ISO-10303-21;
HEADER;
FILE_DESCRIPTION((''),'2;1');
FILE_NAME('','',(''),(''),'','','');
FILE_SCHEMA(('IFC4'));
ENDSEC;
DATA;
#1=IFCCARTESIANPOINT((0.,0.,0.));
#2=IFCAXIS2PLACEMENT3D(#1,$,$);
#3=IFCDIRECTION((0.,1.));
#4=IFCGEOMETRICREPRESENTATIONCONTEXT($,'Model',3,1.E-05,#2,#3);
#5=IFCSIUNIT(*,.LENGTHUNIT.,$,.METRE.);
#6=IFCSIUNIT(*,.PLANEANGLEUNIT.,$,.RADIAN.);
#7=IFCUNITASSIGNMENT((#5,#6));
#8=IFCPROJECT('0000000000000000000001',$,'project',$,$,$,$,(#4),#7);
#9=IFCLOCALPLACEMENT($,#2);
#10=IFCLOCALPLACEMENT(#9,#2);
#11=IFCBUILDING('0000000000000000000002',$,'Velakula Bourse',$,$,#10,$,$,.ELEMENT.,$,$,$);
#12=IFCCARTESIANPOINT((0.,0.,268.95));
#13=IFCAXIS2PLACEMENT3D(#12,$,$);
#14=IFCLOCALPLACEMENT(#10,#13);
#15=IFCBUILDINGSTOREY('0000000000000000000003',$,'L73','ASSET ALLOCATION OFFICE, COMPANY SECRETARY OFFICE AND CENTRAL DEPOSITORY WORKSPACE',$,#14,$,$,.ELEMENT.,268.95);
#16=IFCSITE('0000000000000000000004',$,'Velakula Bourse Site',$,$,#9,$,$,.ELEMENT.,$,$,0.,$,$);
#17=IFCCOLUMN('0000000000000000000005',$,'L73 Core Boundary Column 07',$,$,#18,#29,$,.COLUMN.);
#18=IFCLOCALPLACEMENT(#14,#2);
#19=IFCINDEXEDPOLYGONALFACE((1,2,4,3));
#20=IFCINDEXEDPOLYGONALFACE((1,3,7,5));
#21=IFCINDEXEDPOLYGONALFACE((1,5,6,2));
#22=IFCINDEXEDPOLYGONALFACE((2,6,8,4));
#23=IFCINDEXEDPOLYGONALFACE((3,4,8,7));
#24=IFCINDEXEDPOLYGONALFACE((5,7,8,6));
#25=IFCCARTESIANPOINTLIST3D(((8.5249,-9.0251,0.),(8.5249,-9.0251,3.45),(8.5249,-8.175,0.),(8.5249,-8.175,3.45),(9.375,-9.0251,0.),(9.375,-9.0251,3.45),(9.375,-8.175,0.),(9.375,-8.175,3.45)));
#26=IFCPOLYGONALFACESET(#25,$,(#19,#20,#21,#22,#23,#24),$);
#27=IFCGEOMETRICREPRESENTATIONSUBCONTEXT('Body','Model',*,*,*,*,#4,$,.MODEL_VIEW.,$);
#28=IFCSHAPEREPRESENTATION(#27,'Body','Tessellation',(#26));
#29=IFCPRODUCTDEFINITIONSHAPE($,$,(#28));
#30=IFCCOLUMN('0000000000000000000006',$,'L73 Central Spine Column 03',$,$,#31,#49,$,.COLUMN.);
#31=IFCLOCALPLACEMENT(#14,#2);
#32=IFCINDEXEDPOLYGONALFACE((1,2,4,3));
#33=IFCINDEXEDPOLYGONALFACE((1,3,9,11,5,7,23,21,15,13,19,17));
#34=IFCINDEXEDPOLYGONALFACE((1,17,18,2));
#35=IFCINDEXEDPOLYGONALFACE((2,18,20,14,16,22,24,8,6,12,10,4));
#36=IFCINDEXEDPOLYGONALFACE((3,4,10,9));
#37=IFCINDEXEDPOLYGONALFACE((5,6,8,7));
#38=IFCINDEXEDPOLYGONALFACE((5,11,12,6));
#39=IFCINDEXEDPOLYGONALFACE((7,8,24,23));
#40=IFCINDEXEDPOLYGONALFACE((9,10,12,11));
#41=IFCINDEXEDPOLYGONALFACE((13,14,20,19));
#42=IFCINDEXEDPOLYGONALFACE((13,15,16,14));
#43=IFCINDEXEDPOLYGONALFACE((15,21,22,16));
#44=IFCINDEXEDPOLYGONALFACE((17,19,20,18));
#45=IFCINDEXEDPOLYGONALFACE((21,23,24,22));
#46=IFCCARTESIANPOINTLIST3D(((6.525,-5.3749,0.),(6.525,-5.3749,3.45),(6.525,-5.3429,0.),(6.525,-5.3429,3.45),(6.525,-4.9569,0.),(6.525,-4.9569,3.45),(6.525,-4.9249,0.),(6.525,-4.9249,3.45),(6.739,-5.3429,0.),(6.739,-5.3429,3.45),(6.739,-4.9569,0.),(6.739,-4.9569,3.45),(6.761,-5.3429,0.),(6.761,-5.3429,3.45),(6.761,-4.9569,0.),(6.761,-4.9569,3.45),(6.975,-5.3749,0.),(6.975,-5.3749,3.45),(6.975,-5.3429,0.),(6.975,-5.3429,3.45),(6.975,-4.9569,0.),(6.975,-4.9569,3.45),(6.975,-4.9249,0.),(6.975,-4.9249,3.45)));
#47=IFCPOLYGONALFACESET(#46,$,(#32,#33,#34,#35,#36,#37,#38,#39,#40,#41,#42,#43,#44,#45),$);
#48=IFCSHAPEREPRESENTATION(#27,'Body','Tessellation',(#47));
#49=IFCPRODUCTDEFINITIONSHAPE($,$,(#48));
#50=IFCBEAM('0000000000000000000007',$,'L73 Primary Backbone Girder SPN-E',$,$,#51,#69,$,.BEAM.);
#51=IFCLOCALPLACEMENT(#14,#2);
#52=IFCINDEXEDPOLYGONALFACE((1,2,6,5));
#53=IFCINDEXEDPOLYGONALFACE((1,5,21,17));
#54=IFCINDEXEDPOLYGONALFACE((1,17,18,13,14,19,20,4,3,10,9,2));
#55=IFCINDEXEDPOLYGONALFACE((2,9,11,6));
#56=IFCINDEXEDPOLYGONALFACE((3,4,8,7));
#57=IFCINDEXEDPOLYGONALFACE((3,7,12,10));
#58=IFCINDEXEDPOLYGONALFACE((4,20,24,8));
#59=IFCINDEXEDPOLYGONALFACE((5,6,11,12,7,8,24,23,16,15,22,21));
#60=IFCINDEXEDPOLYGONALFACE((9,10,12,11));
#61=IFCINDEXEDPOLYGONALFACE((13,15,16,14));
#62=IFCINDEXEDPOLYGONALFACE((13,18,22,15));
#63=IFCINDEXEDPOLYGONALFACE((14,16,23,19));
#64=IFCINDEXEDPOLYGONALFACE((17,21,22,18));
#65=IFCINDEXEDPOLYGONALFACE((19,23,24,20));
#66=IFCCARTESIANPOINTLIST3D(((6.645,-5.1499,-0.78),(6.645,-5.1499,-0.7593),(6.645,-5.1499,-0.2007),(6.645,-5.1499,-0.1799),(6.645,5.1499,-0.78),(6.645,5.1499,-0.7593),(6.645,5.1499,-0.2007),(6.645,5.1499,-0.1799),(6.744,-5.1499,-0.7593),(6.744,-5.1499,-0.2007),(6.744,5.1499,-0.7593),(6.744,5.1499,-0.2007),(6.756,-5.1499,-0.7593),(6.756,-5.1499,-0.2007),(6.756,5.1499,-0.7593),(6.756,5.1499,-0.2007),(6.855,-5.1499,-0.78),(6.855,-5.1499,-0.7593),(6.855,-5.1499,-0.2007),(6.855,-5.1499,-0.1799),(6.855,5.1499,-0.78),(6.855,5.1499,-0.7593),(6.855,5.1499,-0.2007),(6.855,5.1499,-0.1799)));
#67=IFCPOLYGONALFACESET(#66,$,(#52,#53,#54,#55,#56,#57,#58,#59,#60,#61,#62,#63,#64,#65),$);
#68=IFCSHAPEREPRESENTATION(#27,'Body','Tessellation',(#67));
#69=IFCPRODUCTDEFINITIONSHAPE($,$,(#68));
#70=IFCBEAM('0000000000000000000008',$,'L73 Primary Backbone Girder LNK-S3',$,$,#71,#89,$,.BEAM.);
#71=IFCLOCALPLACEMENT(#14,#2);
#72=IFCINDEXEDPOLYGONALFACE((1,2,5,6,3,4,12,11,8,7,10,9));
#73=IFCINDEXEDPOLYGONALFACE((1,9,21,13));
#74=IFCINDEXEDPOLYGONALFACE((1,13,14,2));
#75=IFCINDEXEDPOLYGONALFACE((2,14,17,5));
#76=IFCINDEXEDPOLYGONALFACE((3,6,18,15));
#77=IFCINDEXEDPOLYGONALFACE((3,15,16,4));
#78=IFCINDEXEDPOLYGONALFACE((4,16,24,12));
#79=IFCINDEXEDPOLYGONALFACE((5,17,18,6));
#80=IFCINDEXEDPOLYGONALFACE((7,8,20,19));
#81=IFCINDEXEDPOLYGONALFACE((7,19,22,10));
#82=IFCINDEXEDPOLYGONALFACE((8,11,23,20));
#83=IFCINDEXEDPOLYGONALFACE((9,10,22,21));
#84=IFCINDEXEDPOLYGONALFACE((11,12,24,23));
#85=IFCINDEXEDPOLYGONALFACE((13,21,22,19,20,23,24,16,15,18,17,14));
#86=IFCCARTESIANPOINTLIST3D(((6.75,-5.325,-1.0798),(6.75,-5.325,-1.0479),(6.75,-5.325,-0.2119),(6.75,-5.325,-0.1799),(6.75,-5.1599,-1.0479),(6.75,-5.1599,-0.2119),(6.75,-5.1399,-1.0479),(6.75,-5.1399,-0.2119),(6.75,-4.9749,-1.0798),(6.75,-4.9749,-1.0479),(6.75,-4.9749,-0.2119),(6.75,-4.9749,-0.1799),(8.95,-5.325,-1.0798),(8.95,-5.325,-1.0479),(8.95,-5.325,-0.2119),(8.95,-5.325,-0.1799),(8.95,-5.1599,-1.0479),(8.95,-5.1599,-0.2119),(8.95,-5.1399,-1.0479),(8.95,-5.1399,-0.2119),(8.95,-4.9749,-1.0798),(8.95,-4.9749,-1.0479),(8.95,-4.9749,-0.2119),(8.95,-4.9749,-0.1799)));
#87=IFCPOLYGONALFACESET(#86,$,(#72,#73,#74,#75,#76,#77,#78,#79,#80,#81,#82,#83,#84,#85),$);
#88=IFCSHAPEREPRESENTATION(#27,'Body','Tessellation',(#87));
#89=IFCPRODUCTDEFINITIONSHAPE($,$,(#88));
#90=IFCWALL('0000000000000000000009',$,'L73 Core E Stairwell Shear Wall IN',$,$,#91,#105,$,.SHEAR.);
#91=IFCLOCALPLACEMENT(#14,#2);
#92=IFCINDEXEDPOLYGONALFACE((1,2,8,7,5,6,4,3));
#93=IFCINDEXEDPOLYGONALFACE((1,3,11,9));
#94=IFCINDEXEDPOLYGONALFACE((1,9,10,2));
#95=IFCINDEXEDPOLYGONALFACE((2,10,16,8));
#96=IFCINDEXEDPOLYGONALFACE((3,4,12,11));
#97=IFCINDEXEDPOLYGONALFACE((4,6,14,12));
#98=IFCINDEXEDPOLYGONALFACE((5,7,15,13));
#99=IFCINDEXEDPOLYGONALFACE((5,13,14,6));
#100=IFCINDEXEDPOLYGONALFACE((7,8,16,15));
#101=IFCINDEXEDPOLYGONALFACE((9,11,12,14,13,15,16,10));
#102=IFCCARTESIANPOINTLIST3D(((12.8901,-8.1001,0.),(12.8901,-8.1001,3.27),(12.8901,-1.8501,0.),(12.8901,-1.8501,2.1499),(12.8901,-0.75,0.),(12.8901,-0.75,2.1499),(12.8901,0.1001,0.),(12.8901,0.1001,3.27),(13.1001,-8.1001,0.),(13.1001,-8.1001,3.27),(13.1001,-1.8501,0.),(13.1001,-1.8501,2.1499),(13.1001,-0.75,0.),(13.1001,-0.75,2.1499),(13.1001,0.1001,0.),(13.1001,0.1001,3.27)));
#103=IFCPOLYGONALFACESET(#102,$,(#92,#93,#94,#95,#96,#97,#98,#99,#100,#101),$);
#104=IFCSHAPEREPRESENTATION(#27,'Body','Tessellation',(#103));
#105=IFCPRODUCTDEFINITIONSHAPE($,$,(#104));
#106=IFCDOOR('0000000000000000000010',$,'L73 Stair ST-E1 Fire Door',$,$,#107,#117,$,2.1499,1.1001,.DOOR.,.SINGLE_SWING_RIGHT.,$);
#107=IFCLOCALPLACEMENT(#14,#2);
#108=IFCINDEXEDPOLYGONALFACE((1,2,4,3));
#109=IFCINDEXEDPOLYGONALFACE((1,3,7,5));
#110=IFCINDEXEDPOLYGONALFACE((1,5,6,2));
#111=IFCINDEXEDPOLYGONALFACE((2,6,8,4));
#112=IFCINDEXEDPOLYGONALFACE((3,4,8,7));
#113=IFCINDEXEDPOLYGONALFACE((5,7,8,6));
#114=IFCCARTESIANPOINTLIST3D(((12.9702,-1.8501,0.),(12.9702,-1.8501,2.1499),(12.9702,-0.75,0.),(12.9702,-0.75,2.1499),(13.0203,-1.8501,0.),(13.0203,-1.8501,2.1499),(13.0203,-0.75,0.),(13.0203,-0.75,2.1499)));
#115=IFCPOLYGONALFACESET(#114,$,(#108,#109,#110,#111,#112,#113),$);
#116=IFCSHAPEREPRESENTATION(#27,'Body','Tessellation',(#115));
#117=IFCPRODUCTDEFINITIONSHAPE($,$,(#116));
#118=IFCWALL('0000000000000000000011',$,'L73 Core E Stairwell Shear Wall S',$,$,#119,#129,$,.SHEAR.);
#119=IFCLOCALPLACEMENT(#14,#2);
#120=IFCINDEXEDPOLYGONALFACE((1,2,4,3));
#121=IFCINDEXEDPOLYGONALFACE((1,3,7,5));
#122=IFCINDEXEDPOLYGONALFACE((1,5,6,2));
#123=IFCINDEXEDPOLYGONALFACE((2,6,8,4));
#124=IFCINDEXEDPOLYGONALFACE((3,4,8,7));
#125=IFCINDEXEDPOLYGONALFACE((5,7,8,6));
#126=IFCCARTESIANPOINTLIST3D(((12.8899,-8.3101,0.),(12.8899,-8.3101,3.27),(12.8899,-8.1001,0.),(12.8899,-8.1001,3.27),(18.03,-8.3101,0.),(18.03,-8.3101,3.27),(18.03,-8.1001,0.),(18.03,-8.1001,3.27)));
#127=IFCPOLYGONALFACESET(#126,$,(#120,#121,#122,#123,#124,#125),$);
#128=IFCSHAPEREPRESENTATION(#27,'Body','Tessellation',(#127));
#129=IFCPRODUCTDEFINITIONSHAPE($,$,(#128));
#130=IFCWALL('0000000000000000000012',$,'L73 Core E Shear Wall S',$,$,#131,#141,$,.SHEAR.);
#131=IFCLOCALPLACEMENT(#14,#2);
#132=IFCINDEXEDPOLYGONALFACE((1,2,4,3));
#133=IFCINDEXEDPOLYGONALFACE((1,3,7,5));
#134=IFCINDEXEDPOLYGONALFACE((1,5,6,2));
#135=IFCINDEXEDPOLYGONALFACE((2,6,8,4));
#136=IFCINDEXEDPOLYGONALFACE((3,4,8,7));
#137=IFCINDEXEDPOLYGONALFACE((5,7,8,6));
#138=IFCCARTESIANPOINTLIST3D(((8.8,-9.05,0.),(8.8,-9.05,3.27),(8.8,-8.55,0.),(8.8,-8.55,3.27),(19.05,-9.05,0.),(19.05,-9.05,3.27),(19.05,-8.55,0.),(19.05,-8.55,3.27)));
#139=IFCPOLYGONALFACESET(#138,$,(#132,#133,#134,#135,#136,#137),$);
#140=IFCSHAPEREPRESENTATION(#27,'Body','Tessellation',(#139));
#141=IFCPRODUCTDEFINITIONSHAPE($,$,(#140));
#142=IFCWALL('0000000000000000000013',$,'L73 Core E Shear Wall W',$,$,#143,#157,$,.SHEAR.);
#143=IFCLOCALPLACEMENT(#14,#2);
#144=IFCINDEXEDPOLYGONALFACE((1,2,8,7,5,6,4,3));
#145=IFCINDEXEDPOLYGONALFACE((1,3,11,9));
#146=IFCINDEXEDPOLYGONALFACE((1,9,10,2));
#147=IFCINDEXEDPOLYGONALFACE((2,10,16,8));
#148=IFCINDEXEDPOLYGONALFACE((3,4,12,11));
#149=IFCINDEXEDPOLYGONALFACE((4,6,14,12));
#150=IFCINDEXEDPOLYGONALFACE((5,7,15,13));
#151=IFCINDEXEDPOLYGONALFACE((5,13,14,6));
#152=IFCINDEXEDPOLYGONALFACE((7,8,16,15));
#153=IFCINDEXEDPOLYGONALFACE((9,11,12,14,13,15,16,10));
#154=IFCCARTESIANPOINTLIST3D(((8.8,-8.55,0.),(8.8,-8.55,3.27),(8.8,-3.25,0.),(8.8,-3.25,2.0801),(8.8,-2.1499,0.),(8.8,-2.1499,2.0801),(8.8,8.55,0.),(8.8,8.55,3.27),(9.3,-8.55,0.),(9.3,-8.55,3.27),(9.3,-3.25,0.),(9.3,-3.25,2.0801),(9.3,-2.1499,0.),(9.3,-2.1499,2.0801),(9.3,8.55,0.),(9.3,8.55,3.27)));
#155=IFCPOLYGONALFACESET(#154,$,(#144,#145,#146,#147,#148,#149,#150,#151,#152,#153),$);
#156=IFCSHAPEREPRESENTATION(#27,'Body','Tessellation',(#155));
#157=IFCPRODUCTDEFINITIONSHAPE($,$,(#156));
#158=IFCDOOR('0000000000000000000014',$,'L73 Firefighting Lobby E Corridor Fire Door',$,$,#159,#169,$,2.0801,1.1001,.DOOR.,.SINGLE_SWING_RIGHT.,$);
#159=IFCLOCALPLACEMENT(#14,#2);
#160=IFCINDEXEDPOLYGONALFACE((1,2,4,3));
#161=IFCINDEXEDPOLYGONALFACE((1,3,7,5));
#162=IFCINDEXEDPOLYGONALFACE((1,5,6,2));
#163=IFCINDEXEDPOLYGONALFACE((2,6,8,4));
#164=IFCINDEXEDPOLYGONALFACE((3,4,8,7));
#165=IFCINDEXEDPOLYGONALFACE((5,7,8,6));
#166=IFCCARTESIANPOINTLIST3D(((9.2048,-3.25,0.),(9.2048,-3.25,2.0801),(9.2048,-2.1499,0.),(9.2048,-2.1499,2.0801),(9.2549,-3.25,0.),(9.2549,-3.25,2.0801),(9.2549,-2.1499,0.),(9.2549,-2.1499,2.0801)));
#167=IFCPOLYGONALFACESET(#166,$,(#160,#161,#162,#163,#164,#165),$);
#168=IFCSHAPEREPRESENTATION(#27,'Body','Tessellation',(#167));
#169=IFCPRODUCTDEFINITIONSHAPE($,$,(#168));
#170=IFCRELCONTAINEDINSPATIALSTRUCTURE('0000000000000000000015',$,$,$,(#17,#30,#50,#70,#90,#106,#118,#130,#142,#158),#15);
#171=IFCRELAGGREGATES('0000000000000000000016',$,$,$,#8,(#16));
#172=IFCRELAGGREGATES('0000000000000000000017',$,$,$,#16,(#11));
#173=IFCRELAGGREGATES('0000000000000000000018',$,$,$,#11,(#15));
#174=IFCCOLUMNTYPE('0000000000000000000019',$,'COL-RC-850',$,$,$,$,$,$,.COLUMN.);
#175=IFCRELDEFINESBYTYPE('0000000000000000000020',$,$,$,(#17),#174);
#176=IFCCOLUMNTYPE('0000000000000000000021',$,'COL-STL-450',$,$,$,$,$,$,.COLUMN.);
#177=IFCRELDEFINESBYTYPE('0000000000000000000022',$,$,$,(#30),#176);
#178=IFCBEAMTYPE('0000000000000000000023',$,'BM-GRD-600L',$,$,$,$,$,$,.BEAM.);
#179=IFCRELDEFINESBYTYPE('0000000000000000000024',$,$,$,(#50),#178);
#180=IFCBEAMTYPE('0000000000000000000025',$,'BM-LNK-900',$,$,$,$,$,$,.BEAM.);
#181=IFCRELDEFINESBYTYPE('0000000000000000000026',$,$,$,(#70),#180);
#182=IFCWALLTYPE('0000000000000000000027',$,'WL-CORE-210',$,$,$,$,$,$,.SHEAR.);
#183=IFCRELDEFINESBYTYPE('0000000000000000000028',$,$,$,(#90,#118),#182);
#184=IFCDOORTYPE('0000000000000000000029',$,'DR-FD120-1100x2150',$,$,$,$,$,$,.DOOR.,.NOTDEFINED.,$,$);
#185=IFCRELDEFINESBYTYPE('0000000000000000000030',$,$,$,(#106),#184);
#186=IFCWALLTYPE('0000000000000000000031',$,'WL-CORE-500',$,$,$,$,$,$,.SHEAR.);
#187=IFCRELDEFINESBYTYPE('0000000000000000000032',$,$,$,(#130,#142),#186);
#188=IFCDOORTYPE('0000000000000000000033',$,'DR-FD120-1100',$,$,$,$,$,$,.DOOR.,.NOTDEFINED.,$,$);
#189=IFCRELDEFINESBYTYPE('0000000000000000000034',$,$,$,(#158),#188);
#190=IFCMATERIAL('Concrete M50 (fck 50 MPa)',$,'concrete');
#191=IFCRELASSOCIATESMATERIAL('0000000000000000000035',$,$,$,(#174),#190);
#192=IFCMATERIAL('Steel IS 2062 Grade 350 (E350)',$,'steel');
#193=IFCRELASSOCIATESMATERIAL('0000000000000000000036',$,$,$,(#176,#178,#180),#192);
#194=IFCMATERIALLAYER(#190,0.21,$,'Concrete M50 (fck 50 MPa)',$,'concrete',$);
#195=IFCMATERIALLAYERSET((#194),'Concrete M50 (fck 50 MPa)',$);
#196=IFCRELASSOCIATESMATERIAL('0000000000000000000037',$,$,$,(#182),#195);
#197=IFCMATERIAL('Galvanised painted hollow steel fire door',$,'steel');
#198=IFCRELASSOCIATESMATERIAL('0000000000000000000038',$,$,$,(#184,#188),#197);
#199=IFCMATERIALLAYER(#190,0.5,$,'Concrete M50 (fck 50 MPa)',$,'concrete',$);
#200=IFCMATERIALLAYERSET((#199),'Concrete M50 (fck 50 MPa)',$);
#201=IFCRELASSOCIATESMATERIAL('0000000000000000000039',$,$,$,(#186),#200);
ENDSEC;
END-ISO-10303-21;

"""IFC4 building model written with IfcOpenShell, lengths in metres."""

from ifc_helpers import new_model, si_unit, direction, frame, frame_2d, origin, origin_2d, place, context, subcontext, project, spatial, rectangle, i_section, extrude, material, layer, layer_set, material_profile, profile_set, type_object, element, fill, save


model = new_model("IFC4")

# Units and contexts
model_context = context("Model", 3, precision=1e-05, world=origin(), true_north=direction((0.0, 1.0)))
body_context = subcontext(model_context, "Body", "Model", "MODEL_VIEW")
ifc_project = project(units=[si_unit("LENGTHUNIT", "METRE"), si_unit("PLANEANGLEUNIT", "RADIAN")], contexts=[model_context])

# Site, building, storey
site_placement = place(None, origin())
site = spatial("IfcSite", under=ifc_project, at=site_placement, Name="Velakula Bourse Site", CompositionType="ELEMENT", RefElevation=0.0)
building_placement = place(site_placement, origin())
building = spatial("IfcBuilding", under=site, at=building_placement, Name="Velakula Bourse", CompositionType="ELEMENT")
storey_placement = place(building_placement, frame((0.0, 0.0, 268.95)))
storey = spatial("IfcBuildingStorey", under=building, at=storey_placement, Name="L73", Description="ASSET ALLOCATION OFFICE, COMPANY SECRETARY OFFICE AND CENTRAL DEPOSITORY WORKSPACE", CompositionType="ELEMENT", Elevation=268.95)

# Columns
ifc_material_1 = material(Name="Concrete M50 (fck 50 MPa)", Category="concrete")
ifc_material_profile_1 = material_profile(ifc_material_1, rectangle(XDim=0.8501, YDim=0.8501, at=origin_2d()), Name="Concrete M50 (fck 50 MPa)")
ifc_profile_set_1 = profile_set([ifc_material_profile_1], Name="Concrete M50 (fck 50 MPa)")
column_type_1 = type_object("IfcColumnType", Name="COL-RC-850", PredefinedType="COLUMN", material=ifc_profile_set_1)
column_1_placement = place(storey_placement, frame((8.95, -8.6001, 0.0), z_axis=(0.0, 0.0, 1.0), x_axis=(1.0, 0.0, 0.0)))
element("IfcColumn", 1, at=column_1_placement, inside=storey, type_object=column_type_1, Name="L73 Core Boundary Column 07", PredefinedType="COLUMN", context=body_context, shape_type="SweptSolid", body=[
    extrude(rectangle(XDim=0.8501, YDim=0.8501, at=origin_2d()), origin(), (0.0, 0.0, 1.0), 3.45),
])
ifc_material_2 = material(Name="Steel IS 2062 Grade 350 (E350)", Category="steel")
ifc_material_profile_2 = material_profile(ifc_material_2, i_section(OverallWidth=0.45, OverallDepth=0.45, WebThickness=0.022, FlangeThickness=0.032, at=origin_2d()), Name="Steel IS 2062 Grade 350 (E350)")
ifc_profile_set_2 = profile_set([ifc_material_profile_2], Name="Steel IS 2062 Grade 350 (E350)")
column_type_2 = type_object("IfcColumnType", Name="COL-STL-450", PredefinedType="COLUMN", material=ifc_profile_set_2)
column_2_placement = place(storey_placement, frame((6.75, -5.1499, 0.0), z_axis=(0.0, 0.0, 1.0), x_axis=(1.0, 0.0, 0.0)))
element("IfcColumn", 2, at=column_2_placement, inside=storey, type_object=column_type_2, Name="L73 Central Spine Column 03", PredefinedType="COLUMN", context=body_context, shape_type="SweptSolid", body=[
    extrude(i_section(OverallWidth=0.45, OverallDepth=0.45, WebThickness=0.022, FlangeThickness=0.032, at=origin_2d()), origin(), (0.0, 0.0, 1.0), 3.45),
])

# Beams
ifc_material_profile_3 = material_profile(ifc_material_2, i_section(OverallWidth=0.21, OverallDepth=0.6001, WebThickness=0.012, FlangeThickness=0.0208, at=origin_2d()), Name="Steel IS 2062 Grade 350 (E350)")
ifc_profile_set_3 = profile_set([ifc_material_profile_3], Name="Steel IS 2062 Grade 350 (E350)")
beam_type_1 = type_object("IfcBeamType", Name="BM-GRD-600L", PredefinedType="BEAM", material=ifc_profile_set_3)
beam_1_placement = place(storey_placement, frame((6.75, -5.1499, -0.48), z_axis=(0.0, 1.0, 0.0), x_axis=(-1.0, 0.0, 0.0)))
element("IfcBeam", 3, at=beam_1_placement, inside=storey, type_object=beam_type_1, Name="L73 Primary Backbone Girder SPN-E", PredefinedType="BEAM", context=body_context, shape_type="SweptSolid", body=[
    extrude(i_section(OverallWidth=0.21, OverallDepth=0.6001, WebThickness=0.012, FlangeThickness=0.0208, at=origin_2d()), origin(), (0.0, 0.0, 1.0), 10.2998),
])
ifc_material_profile_4 = material_profile(ifc_material_2, i_section(OverallWidth=0.3501, OverallDepth=0.8999, WebThickness=0.02, FlangeThickness=0.032, at=origin_2d()), Name="Steel IS 2062 Grade 350 (E350)")
ifc_profile_set_4 = profile_set([ifc_material_profile_4], Name="Steel IS 2062 Grade 350 (E350)")
beam_type_2 = type_object("IfcBeamType", Name="BM-LNK-900", PredefinedType="BEAM", material=ifc_profile_set_4)
beam_2_placement = place(storey_placement, frame((6.75, -5.1499, -0.6299), z_axis=(1.0, 0.0, 0.0), x_axis=(0.0, 1.0, 0.0)))
element("IfcBeam", 4, at=beam_2_placement, inside=storey, type_object=beam_type_2, Name="L73 Primary Backbone Girder LNK-S3", PredefinedType="BEAM", context=body_context, shape_type="SweptSolid", body=[
    extrude(i_section(OverallWidth=0.3501, OverallDepth=0.8999, WebThickness=0.02, FlangeThickness=0.032, at=origin_2d()), origin(), (0.0, 0.0, 1.0), 2.2),
])

# Wall, opening, door
ifc_layer_1 = layer(ifc_material_1, 0.21, Name="Concrete M50 (fck 50 MPa)", Category="concrete")
ifc_layer_set_1 = layer_set([ifc_layer_1], Name="Concrete M50 (fck 50 MPa)")
wall_type_1 = type_object("IfcWallType", Name="WL-CORE-210", PredefinedType="SHEAR", material=ifc_layer_set_1)
wall_1_placement = place(storey_placement, frame((12.9951, -8.1001, 0.0), z_axis=(0.0, 0.0, 1.0), x_axis=(0.0, 1.0, 0.0)))
wall_1 = element("IfcWall", 5, at=wall_1_placement, inside=storey, type_object=wall_type_1, Name="L73 Core E Stairwell Shear Wall IN", PredefinedType="SHEAR", context=body_context, shape_type="SweptSolid", body=[
    extrude(rectangle(XDim=8.2002, YDim=0.21, at=frame_2d((4.1001, 0.0))), origin(), (0.0, 0.0, 1.0), 3.27),
])
opening_1_placement = place(wall_1_placement, frame((6.25, 0.0, 0.0)))
opening_1 = element("IfcOpeningElement", 6, at=opening_1_placement, cuts=wall_1, PredefinedType="OPENING", context=body_context, shape_type="SweptSolid", body=[
    extrude(rectangle(XDim=1.1001, YDim=2.1499, at=frame_2d((0.55, 1.075))), frame((0.0, 0.115, 0.0), z_axis=(0.0, -1.0, 0.0), x_axis=(1.0, 0.0, 0.0)), (0.0, 0.0, 1.0), 0.23),
])
ifc_material_3 = material(Name="Galvanised painted hollow steel fire door", Category="steel")
door_type_1 = type_object("IfcDoorType", Name="DR-FD120-1100x2150", OperationType="NOTDEFINED", PredefinedType="DOOR", material=ifc_material_3)
door_1_placement = place(opening_1_placement, origin())
door_1 = element("IfcDoor", 7, at=door_1_placement, inside=storey, type_object=door_type_1, Name="L73 Stair ST-E1 Fire Door", OperationType="SINGLE_SWING_RIGHT", OverallHeight=2.1499, OverallWidth=1.1001, PredefinedType="DOOR", context=body_context, shape_type="SweptSolid", body=[
    extrude(rectangle(XDim=1.1001, YDim=2.1499, at=frame_2d((0.55, 1.075))), frame((0.0, 0.0249, 0.0), z_axis=(0.0, -1.0, 0.0), x_axis=(1.0, 0.0, 0.0)), (0.0, 0.0, 1.0), 0.05),
])
fill(opening_1, door_1)

# Walls
wall_2_placement = place(storey_placement, frame((12.8899, -8.2051, 0.0), z_axis=(0.0, 0.0, 1.0), x_axis=(1.0, 0.0, 0.0)))
element("IfcWall", 8, at=wall_2_placement, inside=storey, type_object=wall_type_1, Name="L73 Core E Stairwell Shear Wall S", PredefinedType="SHEAR", context=body_context, shape_type="SweptSolid", body=[
    extrude(rectangle(XDim=5.1401, YDim=0.21, at=frame_2d((2.5701, 0.0))), origin(), (0.0, 0.0, 1.0), 3.27),
])
ifc_layer_2 = layer(ifc_material_1, 0.5, Name="Concrete M50 (fck 50 MPa)", Category="concrete")
ifc_layer_set_2 = layer_set([ifc_layer_2], Name="Concrete M50 (fck 50 MPa)")
wall_type_2 = type_object("IfcWallType", Name="WL-CORE-500", PredefinedType="SHEAR", material=ifc_layer_set_2)
wall_3_placement = place(storey_placement, frame((8.8, -8.8, 0.0), z_axis=(0.0, 0.0, 1.0), x_axis=(1.0, 0.0, 0.0)))
element("IfcWall", 9, at=wall_3_placement, inside=storey, type_object=wall_type_2, Name="L73 Core E Shear Wall S", PredefinedType="SHEAR", context=body_context, shape_type="SweptSolid", body=[
    extrude(rectangle(XDim=10.25, YDim=0.5, at=frame_2d((5.125, 0.0))), origin(), (0.0, 0.0, 1.0), 3.27),
])

# Wall, opening, door
wall_4_placement = place(storey_placement, frame((9.05, -8.55, 0.0), z_axis=(0.0, 0.0, 1.0), x_axis=(0.0, 1.0, 0.0)))
wall_4 = element("IfcWall", 10, at=wall_4_placement, inside=storey, type_object=wall_type_2, Name="L73 Core E Shear Wall W", PredefinedType="SHEAR", context=body_context, shape_type="SweptSolid", body=[
    extrude(rectangle(XDim=17.1001, YDim=0.5, at=frame_2d((8.55, 0.0))), origin(), (0.0, 0.0, 1.0), 3.27),
])
opening_2_placement = place(wall_4_placement, frame((5.3, 0.0, 0.0)))
opening_2 = element("IfcOpeningElement", 11, at=opening_2_placement, cuts=wall_4, PredefinedType="OPENING", context=body_context, shape_type="SweptSolid", body=[
    extrude(rectangle(XDim=1.1001, YDim=2.0801, at=frame_2d((0.55, 1.04))), frame((0.0, 0.26, 0.0), z_axis=(0.0, -1.0, 0.0), x_axis=(1.0, 0.0, 0.0)), (0.0, 0.0, 1.0), 0.52),
])
door_type_2 = type_object("IfcDoorType", Name="DR-FD120-1100", OperationType="NOTDEFINED", PredefinedType="DOOR", material=ifc_material_3)
door_2_placement = place(opening_2_placement, origin())
door_2 = element("IfcDoor", 12, at=door_2_placement, inside=storey, type_object=door_type_2, Name="L73 Firefighting Lobby E Corridor Fire Door", OperationType="SINGLE_SWING_RIGHT", OverallHeight=2.0801, OverallWidth=1.1001, PredefinedType="DOOR", context=body_context, shape_type="SweptSolid", body=[
    extrude(rectangle(XDim=1.1001, YDim=2.0801, at=frame_2d((0.55, 1.04))), frame((0.0, -0.1548, 0.0), z_axis=(0.0, -1.0, 0.0), x_axis=(1.0, 0.0, 0.0)), (0.0, 0.0, 1.0), 0.05),
])
fill(opening_2, door_2)

save(model, "model.ifc")
